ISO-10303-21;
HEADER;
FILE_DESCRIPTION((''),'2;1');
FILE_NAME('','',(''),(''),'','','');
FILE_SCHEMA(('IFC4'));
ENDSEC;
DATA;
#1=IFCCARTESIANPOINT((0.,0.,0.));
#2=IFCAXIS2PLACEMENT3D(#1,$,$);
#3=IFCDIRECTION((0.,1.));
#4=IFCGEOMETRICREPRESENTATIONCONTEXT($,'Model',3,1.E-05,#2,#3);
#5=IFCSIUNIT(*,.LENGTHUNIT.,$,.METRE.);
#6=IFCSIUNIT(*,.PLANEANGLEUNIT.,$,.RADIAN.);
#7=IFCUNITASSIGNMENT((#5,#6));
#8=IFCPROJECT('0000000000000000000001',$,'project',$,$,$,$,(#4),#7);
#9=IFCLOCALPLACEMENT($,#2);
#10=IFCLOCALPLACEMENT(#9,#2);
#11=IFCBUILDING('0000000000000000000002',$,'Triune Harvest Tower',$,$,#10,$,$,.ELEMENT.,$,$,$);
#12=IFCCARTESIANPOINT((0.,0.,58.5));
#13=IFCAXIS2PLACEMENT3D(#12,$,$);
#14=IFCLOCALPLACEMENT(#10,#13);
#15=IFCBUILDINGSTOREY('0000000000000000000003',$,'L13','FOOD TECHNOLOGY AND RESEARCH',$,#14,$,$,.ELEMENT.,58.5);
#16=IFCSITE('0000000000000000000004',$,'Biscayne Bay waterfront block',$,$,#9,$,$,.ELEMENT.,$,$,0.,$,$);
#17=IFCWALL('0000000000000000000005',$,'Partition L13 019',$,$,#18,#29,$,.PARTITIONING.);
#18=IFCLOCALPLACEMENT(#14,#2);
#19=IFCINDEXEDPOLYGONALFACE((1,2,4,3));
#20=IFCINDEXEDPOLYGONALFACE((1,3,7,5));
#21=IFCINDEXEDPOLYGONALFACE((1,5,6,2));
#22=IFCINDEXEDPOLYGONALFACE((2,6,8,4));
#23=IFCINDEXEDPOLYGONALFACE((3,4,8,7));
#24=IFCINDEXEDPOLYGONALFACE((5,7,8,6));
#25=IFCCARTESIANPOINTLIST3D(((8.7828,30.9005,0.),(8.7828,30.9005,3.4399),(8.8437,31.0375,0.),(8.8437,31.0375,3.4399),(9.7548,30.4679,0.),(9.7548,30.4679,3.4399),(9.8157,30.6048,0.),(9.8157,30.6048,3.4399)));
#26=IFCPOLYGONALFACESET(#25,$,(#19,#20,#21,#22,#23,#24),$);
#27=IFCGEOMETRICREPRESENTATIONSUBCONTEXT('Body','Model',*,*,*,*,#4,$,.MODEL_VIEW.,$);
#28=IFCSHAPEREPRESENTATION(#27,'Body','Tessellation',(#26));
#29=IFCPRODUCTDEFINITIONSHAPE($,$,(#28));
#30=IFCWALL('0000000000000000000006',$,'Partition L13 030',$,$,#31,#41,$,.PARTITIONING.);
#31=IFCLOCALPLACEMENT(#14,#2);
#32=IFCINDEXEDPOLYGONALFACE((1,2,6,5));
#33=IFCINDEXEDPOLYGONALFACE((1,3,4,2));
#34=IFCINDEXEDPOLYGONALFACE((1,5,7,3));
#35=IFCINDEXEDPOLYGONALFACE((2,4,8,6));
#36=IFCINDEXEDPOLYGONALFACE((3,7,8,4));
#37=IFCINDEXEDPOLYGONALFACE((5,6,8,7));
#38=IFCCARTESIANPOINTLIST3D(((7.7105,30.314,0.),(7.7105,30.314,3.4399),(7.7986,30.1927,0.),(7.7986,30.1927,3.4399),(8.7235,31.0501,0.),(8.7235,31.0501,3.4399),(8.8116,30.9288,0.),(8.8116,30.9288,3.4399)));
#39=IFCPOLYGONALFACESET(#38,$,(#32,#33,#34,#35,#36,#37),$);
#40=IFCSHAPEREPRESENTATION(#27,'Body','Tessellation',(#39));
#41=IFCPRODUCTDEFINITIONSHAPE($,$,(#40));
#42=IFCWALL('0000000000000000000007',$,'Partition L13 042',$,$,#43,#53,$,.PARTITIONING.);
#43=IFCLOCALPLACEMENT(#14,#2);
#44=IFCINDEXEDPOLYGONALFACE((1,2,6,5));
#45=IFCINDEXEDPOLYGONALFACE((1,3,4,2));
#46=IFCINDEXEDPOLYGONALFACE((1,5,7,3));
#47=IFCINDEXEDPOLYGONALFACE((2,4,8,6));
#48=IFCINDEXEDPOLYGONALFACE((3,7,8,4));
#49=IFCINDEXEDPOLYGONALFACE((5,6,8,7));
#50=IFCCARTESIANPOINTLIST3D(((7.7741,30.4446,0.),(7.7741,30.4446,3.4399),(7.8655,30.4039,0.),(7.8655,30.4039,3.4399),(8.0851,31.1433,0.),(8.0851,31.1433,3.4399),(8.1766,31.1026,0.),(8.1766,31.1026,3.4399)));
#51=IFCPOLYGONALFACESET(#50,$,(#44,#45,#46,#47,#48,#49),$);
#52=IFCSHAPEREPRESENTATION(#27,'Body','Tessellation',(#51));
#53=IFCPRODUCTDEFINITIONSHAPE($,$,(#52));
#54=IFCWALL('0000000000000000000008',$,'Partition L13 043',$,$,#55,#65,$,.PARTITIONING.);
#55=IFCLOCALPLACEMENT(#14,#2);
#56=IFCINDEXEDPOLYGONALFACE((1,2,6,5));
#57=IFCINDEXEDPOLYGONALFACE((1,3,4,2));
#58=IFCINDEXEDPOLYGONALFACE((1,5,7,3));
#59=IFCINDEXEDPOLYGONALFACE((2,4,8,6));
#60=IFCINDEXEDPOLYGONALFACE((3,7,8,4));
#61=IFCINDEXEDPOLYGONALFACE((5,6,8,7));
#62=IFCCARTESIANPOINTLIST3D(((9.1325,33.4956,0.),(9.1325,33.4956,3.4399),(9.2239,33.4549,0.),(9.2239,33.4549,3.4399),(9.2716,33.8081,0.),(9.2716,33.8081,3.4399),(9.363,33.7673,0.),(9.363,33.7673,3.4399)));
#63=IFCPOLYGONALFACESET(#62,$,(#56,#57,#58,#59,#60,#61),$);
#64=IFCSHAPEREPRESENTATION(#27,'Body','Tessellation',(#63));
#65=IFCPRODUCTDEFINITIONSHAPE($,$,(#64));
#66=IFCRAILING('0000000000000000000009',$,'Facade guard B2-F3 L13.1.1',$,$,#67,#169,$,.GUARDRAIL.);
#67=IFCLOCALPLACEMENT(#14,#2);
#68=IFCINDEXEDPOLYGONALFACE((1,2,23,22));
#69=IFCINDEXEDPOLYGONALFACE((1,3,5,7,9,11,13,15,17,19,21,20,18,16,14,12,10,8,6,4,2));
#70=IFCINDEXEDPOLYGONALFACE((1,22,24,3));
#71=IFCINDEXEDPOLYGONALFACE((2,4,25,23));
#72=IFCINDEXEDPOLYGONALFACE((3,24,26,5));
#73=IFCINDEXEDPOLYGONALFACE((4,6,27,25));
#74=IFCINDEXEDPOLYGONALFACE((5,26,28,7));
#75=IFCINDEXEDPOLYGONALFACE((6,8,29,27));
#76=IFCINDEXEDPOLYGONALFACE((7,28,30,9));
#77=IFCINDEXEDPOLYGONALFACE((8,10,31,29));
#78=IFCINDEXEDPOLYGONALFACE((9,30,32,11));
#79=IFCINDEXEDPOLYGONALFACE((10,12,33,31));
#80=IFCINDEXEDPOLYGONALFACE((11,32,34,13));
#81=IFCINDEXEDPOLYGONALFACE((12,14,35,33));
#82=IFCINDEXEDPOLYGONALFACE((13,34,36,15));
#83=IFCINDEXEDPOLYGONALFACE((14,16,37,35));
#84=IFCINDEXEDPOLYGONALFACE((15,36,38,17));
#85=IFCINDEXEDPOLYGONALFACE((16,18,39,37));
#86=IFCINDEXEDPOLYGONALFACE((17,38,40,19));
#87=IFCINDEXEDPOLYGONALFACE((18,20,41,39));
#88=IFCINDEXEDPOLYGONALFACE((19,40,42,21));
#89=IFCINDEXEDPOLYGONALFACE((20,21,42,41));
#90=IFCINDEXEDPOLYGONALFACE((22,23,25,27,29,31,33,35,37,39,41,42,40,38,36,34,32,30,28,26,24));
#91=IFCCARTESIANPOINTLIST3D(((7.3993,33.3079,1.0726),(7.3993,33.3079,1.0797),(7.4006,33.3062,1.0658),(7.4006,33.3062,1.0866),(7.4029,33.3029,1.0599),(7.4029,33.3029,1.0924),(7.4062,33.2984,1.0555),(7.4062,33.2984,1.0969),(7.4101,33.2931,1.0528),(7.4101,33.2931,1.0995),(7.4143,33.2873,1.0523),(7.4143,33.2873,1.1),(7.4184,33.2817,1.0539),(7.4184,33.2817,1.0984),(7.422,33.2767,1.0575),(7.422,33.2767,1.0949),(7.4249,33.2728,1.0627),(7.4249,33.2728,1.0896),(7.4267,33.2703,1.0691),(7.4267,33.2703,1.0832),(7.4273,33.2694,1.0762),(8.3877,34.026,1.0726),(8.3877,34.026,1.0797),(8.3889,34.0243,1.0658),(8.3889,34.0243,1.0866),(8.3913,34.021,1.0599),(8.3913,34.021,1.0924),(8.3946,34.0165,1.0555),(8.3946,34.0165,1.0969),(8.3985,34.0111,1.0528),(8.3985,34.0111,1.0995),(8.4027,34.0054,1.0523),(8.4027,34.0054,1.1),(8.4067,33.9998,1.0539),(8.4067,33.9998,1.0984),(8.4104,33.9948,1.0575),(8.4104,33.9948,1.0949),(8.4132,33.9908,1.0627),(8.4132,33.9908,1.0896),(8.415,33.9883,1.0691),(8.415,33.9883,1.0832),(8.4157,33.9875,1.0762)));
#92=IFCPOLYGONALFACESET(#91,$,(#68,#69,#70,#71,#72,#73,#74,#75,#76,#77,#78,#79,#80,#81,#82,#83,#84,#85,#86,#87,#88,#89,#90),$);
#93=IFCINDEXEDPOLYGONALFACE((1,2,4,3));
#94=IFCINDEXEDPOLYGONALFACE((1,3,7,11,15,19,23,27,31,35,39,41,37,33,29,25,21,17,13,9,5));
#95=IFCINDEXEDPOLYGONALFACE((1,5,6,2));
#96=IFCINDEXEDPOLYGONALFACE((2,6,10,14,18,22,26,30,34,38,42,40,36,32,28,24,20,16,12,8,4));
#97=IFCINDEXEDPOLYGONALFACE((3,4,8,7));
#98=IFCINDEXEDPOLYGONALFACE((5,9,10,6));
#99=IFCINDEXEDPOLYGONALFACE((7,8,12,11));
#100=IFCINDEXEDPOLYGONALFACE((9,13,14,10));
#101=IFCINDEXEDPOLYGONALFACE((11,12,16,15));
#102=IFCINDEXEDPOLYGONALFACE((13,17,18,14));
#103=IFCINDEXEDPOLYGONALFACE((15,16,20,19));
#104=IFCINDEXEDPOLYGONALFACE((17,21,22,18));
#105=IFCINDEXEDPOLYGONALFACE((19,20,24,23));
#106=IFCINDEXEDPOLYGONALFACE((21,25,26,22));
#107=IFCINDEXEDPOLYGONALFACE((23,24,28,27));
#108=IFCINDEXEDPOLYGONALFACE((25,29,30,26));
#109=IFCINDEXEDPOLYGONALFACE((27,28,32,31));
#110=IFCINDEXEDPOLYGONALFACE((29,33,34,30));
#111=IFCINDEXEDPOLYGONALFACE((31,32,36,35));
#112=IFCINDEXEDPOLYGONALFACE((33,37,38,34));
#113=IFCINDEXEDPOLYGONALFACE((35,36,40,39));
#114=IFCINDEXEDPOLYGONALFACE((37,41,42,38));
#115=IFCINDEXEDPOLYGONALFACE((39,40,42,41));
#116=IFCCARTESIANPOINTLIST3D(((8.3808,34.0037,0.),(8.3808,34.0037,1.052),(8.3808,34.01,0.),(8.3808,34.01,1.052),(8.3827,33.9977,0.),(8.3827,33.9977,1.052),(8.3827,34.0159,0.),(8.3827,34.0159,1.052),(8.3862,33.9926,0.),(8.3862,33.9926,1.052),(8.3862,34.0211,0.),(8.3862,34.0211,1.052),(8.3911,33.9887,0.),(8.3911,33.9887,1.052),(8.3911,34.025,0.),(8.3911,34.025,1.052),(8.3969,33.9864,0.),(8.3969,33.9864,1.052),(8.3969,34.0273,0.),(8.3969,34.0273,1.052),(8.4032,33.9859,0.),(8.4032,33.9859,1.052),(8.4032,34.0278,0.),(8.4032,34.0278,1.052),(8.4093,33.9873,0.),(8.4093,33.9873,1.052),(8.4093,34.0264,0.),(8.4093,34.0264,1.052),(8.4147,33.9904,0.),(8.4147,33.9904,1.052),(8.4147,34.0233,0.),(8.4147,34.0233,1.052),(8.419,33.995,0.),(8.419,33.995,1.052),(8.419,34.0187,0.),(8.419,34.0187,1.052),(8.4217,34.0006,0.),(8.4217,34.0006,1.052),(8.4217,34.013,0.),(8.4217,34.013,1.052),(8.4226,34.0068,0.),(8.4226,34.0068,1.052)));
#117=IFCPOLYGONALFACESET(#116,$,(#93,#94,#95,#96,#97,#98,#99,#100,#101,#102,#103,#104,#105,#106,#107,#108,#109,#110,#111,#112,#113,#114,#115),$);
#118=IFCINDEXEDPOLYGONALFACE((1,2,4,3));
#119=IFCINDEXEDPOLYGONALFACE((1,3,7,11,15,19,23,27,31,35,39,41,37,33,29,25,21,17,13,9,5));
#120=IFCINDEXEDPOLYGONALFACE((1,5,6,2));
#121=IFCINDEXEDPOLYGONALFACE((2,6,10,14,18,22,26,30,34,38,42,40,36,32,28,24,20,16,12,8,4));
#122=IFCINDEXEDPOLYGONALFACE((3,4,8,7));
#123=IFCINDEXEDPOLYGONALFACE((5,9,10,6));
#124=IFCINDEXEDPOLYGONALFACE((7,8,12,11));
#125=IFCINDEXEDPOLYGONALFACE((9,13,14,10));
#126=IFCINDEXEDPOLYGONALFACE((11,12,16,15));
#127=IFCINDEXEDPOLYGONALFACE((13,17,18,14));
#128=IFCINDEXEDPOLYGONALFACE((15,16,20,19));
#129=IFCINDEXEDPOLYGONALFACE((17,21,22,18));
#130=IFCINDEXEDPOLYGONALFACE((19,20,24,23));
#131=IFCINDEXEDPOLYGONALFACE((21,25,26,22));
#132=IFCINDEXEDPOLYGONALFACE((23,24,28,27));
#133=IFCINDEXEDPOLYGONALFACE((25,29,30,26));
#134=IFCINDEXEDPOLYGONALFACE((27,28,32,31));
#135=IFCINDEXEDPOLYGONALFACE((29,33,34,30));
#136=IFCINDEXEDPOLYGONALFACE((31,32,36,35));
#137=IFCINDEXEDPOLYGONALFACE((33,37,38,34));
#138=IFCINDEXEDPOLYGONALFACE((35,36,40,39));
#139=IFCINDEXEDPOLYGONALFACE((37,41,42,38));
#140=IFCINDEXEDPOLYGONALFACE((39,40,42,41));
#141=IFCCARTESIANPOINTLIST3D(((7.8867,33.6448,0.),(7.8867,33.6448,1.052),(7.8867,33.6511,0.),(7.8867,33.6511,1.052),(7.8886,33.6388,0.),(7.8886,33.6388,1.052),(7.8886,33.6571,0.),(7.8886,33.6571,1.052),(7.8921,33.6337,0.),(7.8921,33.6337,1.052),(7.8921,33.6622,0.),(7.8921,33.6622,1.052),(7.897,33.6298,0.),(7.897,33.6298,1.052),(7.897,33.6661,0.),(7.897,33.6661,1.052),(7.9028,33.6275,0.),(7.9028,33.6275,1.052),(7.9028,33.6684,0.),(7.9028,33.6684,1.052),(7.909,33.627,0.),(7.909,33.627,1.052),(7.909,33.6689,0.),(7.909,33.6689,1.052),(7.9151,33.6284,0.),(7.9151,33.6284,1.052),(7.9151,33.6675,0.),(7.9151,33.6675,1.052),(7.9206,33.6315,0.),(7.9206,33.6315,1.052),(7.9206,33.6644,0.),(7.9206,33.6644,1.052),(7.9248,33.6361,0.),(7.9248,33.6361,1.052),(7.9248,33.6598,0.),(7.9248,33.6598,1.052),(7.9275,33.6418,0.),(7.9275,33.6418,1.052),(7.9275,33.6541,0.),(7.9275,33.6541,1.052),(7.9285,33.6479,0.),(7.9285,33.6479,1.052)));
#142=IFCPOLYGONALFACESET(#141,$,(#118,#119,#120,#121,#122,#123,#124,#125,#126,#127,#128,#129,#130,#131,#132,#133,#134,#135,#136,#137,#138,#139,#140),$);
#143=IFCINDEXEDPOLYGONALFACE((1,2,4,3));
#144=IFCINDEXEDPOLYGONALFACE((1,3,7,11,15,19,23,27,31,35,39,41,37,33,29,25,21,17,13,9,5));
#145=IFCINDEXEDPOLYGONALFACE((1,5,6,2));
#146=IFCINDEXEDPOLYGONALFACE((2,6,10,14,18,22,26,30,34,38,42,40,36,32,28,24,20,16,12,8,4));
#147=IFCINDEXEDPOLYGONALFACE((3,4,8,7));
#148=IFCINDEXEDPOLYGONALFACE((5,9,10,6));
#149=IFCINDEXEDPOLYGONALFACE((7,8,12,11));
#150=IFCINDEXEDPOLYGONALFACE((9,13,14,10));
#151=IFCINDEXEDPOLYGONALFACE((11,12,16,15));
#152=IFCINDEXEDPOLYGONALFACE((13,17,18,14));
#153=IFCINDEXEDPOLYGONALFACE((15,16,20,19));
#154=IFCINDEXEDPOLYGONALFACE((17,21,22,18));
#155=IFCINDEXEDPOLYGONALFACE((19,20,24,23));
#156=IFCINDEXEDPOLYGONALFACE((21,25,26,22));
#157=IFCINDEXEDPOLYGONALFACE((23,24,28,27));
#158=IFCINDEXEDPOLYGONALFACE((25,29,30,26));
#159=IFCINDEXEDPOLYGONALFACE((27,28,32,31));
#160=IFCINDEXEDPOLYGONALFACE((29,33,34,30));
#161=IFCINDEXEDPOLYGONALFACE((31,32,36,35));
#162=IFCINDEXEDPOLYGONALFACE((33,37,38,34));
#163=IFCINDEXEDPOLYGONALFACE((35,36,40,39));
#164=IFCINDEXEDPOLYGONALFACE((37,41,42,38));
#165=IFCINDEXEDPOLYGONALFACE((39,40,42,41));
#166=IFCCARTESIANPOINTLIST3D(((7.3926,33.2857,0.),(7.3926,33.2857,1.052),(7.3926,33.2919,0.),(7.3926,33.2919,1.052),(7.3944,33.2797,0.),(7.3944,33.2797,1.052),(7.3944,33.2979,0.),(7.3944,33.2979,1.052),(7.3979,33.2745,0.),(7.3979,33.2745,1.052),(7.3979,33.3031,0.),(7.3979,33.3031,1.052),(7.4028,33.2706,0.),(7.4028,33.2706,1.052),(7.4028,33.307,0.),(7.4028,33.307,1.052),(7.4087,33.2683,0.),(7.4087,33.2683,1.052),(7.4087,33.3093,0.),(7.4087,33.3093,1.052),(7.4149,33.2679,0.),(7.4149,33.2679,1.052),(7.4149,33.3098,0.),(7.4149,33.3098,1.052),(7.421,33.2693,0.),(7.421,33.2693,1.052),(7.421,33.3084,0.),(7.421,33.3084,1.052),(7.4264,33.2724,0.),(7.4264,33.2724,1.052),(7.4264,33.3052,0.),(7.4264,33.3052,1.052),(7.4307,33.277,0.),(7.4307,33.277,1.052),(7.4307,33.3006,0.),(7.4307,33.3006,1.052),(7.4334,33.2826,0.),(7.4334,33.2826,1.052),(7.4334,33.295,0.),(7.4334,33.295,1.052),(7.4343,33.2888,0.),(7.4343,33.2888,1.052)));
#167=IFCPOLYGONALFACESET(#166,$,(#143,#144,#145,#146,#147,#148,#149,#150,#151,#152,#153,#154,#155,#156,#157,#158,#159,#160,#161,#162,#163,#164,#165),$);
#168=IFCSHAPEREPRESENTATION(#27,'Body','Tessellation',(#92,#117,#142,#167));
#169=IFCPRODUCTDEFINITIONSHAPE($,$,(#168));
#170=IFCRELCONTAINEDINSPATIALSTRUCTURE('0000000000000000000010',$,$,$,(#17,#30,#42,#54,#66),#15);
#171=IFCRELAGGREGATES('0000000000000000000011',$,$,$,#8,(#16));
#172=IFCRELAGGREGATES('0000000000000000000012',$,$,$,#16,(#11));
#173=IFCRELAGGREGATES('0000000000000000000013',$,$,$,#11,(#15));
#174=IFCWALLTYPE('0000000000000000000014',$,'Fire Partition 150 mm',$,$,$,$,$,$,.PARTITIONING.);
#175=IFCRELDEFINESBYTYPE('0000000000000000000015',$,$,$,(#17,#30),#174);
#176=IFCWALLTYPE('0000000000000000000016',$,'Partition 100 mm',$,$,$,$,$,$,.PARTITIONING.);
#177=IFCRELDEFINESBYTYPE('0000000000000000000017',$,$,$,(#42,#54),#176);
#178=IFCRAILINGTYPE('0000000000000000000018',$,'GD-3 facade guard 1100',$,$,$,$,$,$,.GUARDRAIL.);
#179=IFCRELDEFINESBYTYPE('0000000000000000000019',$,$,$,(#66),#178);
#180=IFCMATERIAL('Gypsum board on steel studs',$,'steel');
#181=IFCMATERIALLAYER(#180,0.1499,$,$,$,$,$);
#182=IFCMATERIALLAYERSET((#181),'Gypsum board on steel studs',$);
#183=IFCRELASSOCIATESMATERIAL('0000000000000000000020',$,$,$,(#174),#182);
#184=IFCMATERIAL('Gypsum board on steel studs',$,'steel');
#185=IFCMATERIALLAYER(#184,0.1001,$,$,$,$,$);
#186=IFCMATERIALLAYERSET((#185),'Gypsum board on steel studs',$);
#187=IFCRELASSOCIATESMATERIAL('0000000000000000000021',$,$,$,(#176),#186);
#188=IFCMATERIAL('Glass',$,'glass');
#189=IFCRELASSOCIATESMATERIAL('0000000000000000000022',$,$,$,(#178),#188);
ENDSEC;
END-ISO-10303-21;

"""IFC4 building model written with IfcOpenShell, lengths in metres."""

from ifc_helpers import new_model, si_unit, direction, frame, frame_2d, origin, origin_2d, place, context, subcontext, project, spatial, rectangle, circle, extrude, source, transform, mapped, material, layer, layer_set, type_object, element, save


model = new_model("IFC4")

# Units and contexts
model_context = context("Model", 3, precision=1e-05, world=origin(), true_north=direction((0.0, 1.0)))
body_context = subcontext(model_context, "Body", "Model", "MODEL_VIEW")
ifc_project = project(units=[si_unit("LENGTHUNIT", "METRE"), si_unit("PLANEANGLEUNIT", "RADIAN")], contexts=[model_context])

# Site, building, storey
site_placement = place(None, origin())
site = spatial("IfcSite", under=ifc_project, at=site_placement, Name="Biscayne Bay waterfront block", CompositionType="ELEMENT", RefElevation=0.0)
building_placement = place(site_placement, origin())
building = spatial("IfcBuilding", under=site, at=building_placement, Name="Triune Harvest Tower", CompositionType="ELEMENT")
storey_placement = place(building_placement, frame((0.0, 0.0, 58.5)))
storey = spatial("IfcBuildingStorey", under=building, at=storey_placement, Name="L13", Description="FOOD TECHNOLOGY AND RESEARCH", CompositionType="ELEMENT", Elevation=58.5)

# Walls
ifc_material_1 = material(Name="Gypsum board on steel studs", Category="steel")
ifc_layer_1 = layer(ifc_material_1, 0.1499)
ifc_layer_set_1 = layer_set([ifc_layer_1], Name="Gypsum board on steel studs")
wall_type_1 = type_object("IfcWallType", Name="Fire Partition 150 mm", PredefinedType="PARTITIONING", material=ifc_layer_set_1)
ifc_material_2 = material(Name="Gypsum board on steel studs", Category="steel")
ifc_layer_2 = layer(ifc_material_2, 0.1001)
ifc_layer_set_2 = layer_set([ifc_layer_2], Name="Gypsum board on steel studs")
wall_type_2 = type_object("IfcWallType", Name="Partition 100 mm", PredefinedType="PARTITIONING", material=ifc_layer_set_2)
shared_shape_1 = source(origin(), body_context, "Body", "SweptSolid", [
    extrude(rectangle(XDim=1.064, YDim=0.1499, at=frame_2d((0.532, 0.0))), origin(), (0.0, 0.0, 1.0), 3.4399),
])
wall_1_placement = place(storey_placement, frame((8.8132, 30.969, 0.0), z_axis=(0.0, 0.0, 1.0), x_axis=(0.913584, -0.406649, 0.0)))
element("IfcWall", 1, at=wall_1_placement, inside=storey, type_object=wall_type_1, Name="Partition L13 019", PredefinedType="PARTITIONING", context=body_context, shape_type="MappedRepresentation", body=[
    mapped(shared_shape_1, transform((0.0, 0.0, 0.0), scale=1.0)),
])
shared_shape_2 = source(origin(), body_context, "Body", "SweptSolid", [
    extrude(rectangle(XDim=1.2522, YDim=0.1499, at=frame_2d((0.626, 0.0))), origin(), (0.0, 0.0, 1.0), 3.4399),
])
wall_2_placement = place(storey_placement, frame((7.7546, 30.2534, 0.0), z_axis=(0.0, 0.0, 1.0), x_axis=(0.808964, 0.587859, 0.0)))
element("IfcWall", 2, at=wall_2_placement, inside=storey, type_object=wall_type_1, Name="Partition L13 030", PredefinedType="PARTITIONING", context=body_context, shape_type="MappedRepresentation", body=[
    mapped(shared_shape_2, transform((0.0, 0.0, 0.0), scale=1.0)),
])
shared_shape_3 = source(origin(), body_context, "Body", "SweptSolid", [
    extrude(rectangle(XDim=0.7649, YDim=0.1001, at=frame_2d((0.3823, 0.0))), origin(), (0.0, 0.0, 1.0), 3.4399),
])
wall_3_placement = place(storey_placement, frame((7.8198, 30.4243, 0.0), z_axis=(0.0, 0.0, 1.0), x_axis=(0.406672, 0.913574, 0.0)))
element("IfcWall", 3, at=wall_3_placement, inside=storey, type_object=wall_type_2, Name="Partition L13 042", PredefinedType="PARTITIONING", context=body_context, shape_type="MappedRepresentation", body=[
    mapped(shared_shape_3, transform((0.0, 0.0, 0.0), scale=1.0)),
])
shared_shape_4 = source(origin(), body_context, "Body", "SweptSolid", [
    extrude(rectangle(XDim=0.342, YDim=0.1001, at=frame_2d((0.1709, 0.0))), origin(), (0.0, 0.0, 1.0), 3.4399),
])
wall_4_placement = place(storey_placement, frame((9.1782, 33.4753, 0.0), z_axis=(0.0, 0.0, 1.0), x_axis=(0.406801, 0.913517, 0.0)))
element("IfcWall", 4, at=wall_4_placement, inside=storey, type_object=wall_type_2, Name="Partition L13 043", PredefinedType="PARTITIONING", context=body_context, shape_type="MappedRepresentation", body=[
    mapped(shared_shape_4, transform((0.0, 0.0, 0.0), scale=1.0)),
])

# Railing
ifc_material_3 = material(Name="Glass", Category="glass")
railing_type = type_object("IfcRailingType", Name="GD-3 facade guard 1100", PredefinedType="GUARDRAIL", material=ifc_material_3)
railing_placement = place(storey_placement, frame((8.4016, 34.0068, 0.0)))
element("IfcRailing", 5, at=railing_placement, inside=storey, type_object=railing_type, Name="Facade guard B2-F3 L13.1.1", PredefinedType="GUARDRAIL", context=body_context, shape_type="SweptSolid", body=[
    extrude(circle(Radius=0.0239, at=origin_2d()), frame((0.0, 0.0, 1.0762), z_axis=(-0.809021, -0.587779, 0.0), x_axis=(0.587779, -0.809021, 0.0)), (0.0, 0.0, 1.0), 1.2217),
    extrude(circle(Radius=0.021, at=origin_2d()), origin(), (0.0, 0.0, 1.0), 1.052),
    extrude(circle(Radius=0.021, at=origin_2d()), frame((-0.4941, -0.3589, 0.0)), (0.0, 0.0, 1.0), 1.052),
    extrude(circle(Radius=0.021, at=origin_2d()), frame((-0.9883, -0.718, 0.0)), (0.0, 0.0, 1.0), 1.052),
])

save(model, "model.ifc")
